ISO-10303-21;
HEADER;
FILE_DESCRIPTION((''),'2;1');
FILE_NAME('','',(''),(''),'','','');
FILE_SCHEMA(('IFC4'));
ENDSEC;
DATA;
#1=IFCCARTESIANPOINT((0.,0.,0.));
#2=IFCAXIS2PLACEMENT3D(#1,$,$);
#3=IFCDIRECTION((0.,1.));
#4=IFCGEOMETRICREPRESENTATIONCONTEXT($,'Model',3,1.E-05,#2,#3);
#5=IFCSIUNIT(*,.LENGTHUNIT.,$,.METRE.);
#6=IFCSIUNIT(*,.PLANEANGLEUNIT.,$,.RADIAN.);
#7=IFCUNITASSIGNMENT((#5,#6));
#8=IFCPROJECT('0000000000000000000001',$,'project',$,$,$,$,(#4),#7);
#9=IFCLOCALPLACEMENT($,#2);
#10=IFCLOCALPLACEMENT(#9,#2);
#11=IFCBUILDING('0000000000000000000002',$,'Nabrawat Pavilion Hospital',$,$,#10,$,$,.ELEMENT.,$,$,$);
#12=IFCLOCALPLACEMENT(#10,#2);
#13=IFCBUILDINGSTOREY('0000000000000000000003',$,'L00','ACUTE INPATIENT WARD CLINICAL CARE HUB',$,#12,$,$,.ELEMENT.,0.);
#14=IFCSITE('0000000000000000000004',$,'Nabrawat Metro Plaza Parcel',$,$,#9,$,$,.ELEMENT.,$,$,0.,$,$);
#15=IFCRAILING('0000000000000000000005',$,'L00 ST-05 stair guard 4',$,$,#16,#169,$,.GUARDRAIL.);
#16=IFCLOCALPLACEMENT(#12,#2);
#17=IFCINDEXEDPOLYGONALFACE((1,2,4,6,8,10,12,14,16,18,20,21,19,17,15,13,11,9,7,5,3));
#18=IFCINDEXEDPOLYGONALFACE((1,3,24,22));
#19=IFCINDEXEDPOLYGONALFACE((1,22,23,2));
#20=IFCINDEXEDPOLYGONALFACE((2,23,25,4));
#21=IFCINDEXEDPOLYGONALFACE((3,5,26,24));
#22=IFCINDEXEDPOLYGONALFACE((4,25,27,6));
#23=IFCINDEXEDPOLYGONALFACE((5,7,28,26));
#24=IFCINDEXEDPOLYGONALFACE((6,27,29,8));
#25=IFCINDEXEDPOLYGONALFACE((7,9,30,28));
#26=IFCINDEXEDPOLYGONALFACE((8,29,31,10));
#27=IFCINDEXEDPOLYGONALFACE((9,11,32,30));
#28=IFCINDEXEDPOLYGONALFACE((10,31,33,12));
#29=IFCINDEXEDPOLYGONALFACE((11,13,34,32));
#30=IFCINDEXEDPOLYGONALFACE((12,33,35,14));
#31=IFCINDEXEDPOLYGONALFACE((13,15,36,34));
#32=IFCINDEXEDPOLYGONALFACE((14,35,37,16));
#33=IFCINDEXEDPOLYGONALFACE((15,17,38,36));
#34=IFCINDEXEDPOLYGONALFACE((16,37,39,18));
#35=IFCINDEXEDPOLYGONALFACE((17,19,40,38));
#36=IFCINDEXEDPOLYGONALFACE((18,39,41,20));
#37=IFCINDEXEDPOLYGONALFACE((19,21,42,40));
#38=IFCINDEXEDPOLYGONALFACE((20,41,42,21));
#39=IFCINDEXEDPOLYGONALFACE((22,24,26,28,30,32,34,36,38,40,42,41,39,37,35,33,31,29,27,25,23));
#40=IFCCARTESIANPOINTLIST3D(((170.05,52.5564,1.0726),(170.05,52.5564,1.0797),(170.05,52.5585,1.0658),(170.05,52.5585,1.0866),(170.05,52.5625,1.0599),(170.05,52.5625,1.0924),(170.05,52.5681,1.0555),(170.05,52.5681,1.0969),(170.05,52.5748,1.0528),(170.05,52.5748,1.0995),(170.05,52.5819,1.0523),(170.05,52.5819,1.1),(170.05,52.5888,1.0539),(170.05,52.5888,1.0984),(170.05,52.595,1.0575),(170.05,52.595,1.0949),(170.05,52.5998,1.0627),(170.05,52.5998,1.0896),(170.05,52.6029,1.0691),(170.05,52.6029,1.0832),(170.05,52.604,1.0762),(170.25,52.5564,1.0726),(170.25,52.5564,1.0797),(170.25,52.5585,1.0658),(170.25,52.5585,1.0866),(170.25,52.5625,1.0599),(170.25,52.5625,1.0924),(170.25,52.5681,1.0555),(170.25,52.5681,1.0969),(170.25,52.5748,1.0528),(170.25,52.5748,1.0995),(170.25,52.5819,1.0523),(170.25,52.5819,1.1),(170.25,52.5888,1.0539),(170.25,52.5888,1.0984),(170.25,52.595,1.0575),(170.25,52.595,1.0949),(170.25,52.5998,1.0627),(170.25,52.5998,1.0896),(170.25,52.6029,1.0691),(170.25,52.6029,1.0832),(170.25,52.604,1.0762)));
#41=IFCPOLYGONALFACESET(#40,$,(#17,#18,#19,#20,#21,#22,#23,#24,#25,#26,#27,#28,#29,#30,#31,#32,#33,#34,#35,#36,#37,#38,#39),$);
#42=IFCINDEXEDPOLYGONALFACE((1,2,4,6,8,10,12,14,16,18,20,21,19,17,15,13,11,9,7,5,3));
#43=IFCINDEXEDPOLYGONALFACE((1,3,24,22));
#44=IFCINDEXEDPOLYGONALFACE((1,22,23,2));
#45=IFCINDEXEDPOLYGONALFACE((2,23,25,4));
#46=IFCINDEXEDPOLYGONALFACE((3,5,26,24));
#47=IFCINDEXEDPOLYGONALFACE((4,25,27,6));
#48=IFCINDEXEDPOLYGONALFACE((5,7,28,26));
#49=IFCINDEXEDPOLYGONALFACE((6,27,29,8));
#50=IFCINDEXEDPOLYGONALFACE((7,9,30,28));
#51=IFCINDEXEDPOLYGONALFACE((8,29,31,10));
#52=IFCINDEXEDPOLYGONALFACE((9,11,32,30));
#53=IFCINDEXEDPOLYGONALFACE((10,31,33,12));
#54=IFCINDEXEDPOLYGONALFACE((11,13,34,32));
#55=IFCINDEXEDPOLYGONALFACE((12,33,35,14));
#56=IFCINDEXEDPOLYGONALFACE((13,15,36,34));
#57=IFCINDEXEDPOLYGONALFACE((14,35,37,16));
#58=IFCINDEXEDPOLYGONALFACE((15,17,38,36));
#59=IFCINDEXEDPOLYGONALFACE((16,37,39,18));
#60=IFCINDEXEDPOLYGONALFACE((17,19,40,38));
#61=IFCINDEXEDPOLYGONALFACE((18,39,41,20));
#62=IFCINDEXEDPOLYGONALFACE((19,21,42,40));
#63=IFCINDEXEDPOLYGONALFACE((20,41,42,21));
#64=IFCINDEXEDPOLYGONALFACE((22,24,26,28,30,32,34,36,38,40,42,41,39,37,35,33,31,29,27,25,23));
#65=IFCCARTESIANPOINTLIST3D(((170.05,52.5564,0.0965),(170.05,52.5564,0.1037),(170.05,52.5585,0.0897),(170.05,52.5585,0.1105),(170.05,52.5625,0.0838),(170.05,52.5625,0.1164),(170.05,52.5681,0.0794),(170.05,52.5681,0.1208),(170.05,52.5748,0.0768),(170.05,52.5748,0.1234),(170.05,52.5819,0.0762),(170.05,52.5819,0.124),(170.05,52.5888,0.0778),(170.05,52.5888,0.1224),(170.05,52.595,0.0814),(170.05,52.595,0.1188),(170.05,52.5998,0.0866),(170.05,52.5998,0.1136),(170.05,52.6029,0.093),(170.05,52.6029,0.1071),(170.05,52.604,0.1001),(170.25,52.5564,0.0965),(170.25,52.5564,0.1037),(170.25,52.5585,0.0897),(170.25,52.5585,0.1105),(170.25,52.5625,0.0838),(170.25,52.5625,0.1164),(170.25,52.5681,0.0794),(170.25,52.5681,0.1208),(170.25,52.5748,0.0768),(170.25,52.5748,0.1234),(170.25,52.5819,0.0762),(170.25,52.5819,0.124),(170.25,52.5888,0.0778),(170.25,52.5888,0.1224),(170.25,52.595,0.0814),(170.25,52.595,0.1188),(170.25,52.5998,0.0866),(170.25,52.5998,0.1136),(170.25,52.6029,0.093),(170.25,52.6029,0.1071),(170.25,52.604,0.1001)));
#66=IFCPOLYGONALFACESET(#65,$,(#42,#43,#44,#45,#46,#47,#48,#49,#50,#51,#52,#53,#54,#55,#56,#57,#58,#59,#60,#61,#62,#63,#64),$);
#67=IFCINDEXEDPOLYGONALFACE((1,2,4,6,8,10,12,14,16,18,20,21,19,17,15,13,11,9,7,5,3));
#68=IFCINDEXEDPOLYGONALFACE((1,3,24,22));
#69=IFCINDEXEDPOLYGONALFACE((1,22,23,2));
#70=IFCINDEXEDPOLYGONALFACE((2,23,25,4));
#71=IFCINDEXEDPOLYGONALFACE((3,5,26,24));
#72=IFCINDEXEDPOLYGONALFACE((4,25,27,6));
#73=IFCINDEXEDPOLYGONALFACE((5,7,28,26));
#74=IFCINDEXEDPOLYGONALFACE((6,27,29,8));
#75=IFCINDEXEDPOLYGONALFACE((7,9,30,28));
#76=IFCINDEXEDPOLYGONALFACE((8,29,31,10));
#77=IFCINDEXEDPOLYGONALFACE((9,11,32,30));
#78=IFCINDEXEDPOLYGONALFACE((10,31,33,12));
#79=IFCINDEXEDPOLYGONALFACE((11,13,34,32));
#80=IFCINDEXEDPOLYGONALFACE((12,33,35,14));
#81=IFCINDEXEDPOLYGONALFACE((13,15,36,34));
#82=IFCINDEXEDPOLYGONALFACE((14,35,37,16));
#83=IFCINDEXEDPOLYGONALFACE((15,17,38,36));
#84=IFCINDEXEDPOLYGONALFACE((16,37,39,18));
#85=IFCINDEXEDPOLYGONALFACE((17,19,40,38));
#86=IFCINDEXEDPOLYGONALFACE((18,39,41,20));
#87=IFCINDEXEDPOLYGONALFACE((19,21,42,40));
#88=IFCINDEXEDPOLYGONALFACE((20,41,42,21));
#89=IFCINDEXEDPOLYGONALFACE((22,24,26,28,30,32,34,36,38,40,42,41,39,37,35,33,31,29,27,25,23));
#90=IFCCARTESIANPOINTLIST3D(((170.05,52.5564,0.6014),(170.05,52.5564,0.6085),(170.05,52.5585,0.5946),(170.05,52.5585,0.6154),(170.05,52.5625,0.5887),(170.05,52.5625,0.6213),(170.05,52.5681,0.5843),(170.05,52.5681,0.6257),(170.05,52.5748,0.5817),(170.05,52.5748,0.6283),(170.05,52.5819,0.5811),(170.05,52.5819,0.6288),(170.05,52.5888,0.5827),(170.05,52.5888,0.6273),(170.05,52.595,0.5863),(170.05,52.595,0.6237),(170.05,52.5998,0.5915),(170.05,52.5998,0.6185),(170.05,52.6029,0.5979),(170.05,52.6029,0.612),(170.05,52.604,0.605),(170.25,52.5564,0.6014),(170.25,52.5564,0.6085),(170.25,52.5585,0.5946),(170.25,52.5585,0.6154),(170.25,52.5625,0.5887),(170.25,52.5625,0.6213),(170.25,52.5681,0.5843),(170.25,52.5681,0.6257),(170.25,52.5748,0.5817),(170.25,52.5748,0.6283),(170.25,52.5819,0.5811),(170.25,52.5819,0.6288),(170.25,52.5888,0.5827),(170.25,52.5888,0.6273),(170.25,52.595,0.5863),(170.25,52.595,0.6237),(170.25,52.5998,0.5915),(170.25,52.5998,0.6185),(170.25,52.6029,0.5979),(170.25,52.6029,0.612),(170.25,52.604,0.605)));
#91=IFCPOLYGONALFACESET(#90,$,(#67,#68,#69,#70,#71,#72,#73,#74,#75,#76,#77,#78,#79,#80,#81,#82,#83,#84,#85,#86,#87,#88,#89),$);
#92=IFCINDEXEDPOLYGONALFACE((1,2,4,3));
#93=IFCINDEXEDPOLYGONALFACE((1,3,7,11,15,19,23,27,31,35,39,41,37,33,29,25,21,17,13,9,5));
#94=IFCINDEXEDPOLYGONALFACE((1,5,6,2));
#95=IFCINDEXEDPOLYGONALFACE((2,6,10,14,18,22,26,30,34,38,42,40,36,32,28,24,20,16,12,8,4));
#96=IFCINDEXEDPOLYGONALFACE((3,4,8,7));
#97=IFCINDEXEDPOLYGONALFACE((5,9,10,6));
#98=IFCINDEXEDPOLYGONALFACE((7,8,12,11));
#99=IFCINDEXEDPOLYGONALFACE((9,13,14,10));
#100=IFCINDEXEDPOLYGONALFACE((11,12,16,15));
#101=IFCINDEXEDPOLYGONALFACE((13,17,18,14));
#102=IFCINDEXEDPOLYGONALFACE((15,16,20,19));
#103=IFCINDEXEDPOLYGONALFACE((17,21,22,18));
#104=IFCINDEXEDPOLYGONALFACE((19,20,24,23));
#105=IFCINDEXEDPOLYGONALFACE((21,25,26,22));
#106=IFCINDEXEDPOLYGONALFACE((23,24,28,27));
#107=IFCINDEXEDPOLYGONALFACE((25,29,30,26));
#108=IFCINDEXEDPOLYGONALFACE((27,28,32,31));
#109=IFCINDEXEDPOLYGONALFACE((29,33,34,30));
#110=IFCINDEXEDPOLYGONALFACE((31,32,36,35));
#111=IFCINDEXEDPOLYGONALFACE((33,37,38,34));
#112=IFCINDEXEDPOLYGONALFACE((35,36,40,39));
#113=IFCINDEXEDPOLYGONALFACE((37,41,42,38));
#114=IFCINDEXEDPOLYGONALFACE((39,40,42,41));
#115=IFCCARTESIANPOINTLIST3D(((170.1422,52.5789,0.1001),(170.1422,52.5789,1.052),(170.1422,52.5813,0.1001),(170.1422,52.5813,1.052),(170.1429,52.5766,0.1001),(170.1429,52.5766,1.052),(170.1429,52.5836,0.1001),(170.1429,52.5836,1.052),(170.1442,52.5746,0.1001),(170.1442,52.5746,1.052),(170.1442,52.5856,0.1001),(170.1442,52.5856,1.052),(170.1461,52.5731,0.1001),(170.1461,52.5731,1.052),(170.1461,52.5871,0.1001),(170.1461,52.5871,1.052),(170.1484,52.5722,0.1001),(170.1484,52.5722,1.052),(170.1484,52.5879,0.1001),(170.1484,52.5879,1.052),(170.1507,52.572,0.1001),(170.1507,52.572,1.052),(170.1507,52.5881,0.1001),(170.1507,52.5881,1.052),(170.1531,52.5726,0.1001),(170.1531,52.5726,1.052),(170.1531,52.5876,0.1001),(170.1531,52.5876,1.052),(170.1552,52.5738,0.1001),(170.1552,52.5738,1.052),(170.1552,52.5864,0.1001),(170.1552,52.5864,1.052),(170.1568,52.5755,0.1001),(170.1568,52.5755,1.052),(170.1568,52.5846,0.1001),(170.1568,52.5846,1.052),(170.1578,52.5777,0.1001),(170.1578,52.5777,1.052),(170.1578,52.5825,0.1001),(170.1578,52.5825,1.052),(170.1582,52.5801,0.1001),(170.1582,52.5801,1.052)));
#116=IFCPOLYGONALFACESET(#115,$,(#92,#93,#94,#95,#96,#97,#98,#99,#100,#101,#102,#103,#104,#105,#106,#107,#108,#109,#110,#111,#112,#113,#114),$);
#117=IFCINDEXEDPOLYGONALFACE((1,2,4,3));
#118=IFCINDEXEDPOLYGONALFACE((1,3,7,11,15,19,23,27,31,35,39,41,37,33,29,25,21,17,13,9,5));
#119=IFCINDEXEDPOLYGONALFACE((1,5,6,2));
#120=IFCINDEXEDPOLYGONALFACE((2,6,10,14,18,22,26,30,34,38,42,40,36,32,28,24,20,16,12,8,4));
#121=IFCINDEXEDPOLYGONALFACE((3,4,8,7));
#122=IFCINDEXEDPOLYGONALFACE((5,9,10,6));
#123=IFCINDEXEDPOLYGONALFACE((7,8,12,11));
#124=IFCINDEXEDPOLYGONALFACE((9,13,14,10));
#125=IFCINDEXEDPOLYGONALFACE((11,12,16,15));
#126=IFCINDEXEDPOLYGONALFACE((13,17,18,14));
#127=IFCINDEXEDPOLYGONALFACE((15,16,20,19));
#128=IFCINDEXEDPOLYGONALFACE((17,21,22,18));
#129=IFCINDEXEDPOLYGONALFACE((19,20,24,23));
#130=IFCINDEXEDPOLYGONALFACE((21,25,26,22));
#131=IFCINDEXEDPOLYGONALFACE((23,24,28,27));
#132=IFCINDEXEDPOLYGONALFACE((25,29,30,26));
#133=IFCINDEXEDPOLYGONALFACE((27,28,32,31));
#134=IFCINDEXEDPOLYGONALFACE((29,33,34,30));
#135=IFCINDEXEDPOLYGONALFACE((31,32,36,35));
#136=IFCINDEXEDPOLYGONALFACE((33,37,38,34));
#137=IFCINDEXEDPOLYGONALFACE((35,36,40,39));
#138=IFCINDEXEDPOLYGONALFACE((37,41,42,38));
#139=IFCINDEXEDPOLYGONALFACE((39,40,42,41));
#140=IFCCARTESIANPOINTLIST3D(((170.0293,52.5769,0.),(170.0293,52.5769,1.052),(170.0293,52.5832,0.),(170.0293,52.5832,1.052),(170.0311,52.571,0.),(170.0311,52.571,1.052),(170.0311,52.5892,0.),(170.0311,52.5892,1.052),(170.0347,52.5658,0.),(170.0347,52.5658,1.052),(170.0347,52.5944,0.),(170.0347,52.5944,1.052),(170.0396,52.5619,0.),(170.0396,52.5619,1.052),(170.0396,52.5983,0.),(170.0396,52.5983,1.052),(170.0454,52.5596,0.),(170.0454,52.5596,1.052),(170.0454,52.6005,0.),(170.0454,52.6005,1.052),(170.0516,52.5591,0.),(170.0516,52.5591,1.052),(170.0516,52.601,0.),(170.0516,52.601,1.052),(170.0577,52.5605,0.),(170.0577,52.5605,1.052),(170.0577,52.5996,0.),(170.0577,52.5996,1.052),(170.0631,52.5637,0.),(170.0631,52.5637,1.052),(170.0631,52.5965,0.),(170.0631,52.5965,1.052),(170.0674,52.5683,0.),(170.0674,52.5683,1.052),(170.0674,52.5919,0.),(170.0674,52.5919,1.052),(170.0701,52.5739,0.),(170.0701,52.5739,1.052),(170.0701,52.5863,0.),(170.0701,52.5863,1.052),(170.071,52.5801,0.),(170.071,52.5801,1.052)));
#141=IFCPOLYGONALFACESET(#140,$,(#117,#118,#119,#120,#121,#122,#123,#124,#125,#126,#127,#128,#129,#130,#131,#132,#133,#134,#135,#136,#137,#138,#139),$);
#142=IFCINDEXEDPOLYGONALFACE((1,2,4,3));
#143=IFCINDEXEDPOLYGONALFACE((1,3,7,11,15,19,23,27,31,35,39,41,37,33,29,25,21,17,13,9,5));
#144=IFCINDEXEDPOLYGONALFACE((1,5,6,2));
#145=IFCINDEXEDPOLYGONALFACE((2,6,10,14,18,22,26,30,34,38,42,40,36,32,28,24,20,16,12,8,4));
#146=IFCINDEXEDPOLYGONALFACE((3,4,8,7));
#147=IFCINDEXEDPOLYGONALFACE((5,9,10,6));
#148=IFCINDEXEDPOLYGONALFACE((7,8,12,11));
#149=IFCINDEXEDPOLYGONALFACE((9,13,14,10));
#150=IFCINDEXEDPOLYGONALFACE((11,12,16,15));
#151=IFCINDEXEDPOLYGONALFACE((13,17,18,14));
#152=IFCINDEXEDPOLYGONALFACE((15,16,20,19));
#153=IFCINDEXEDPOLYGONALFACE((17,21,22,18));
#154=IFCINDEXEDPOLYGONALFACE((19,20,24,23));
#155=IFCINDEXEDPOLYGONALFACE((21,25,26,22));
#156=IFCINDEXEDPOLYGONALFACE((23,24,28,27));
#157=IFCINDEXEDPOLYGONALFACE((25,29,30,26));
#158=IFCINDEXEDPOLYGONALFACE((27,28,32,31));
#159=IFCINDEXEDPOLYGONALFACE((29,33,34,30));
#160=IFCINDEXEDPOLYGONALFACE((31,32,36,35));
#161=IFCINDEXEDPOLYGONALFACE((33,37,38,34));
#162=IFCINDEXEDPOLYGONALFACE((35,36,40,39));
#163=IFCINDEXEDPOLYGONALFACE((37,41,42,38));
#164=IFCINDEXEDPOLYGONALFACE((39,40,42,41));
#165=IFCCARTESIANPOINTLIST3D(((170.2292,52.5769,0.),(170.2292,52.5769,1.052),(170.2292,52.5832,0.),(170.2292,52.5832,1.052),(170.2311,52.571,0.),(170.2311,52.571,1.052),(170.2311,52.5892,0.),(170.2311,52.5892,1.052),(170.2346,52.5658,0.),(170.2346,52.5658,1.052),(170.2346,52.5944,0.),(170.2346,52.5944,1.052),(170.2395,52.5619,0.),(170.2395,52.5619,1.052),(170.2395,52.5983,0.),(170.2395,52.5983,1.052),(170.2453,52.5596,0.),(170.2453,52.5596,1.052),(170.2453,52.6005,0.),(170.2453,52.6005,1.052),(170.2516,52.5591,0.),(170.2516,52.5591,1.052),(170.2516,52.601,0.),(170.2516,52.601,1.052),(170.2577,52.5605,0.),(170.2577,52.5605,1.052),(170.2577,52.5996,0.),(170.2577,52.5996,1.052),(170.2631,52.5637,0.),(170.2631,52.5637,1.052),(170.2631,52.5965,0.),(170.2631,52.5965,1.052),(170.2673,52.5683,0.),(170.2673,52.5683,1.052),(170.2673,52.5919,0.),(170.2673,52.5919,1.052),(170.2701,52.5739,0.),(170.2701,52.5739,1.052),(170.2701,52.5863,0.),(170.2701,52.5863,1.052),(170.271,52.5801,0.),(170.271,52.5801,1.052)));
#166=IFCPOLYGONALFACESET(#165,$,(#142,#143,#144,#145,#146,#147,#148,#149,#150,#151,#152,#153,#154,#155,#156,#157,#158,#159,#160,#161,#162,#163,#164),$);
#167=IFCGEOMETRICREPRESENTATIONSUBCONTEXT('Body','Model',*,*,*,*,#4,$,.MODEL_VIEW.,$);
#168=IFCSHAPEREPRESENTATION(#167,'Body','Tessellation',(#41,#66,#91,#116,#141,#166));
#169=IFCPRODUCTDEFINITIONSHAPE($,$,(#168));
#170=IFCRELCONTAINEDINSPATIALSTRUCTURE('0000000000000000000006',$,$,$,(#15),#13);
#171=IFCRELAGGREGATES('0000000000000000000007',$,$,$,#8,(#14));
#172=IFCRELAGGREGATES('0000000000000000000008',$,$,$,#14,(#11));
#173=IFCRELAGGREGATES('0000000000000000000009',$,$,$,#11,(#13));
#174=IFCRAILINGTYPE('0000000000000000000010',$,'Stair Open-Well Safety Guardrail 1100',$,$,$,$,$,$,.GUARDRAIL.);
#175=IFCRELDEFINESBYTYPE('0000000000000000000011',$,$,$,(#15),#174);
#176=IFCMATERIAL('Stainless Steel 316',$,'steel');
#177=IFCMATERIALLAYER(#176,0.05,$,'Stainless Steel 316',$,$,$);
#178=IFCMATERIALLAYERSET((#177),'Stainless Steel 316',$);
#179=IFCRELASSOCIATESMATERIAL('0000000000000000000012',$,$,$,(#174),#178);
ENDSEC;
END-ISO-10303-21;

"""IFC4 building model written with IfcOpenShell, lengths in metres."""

from ifc_helpers import new_model, si_unit, direction, frame, origin, origin_2d, place, context, subcontext, project, spatial, circle, extrude, material, layer, layer_set, type_object, element, save


model = new_model("IFC4")

# Units and contexts
model_context = context("Model", 3, precision=1e-05, world=origin(), true_north=direction((0.0, 1.0)))
body_context = subcontext(model_context, "Body", "Model", "MODEL_VIEW")
ifc_project = project(units=[si_unit("LENGTHUNIT", "METRE"), si_unit("PLANEANGLEUNIT", "RADIAN")], contexts=[model_context])

# Site, building, storey
site_placement = place(None, origin())
site = spatial("IfcSite", under=ifc_project, at=site_placement, Name="Nabrawat Metro Plaza Parcel", CompositionType="ELEMENT", RefElevation=0.0)
building_placement = place(site_placement, origin())
building = spatial("IfcBuilding", under=site, at=building_placement, Name="Nabrawat Pavilion Hospital", CompositionType="ELEMENT")
storey_placement = place(building_placement, origin())
storey = spatial("IfcBuildingStorey", under=building, at=storey_placement, Name="L00", Description="ACUTE INPATIENT WARD CLINICAL CARE HUB", CompositionType="ELEMENT", Elevation=0.0)

# Railing
ifc_material_1 = material(Name="Stainless Steel 316", Category="steel")
ifc_layer_1 = layer(ifc_material_1, 0.05, Name="Stainless Steel 316")
ifc_layer_set_1 = layer_set([ifc_layer_1], Name="Stainless Steel 316")
railing_type_1 = type_object("IfcRailingType", Name="Stair Open-Well Safety Guardrail 1100", PredefinedType="GUARDRAIL", material=ifc_layer_set_1)
railing_1_placement = place(storey_placement, frame((170.05, 52.5801, 0.0)))
element("IfcRailing", 1, at=railing_1_placement, inside=storey, type_object=railing_type_1, Name="L00 ST-05 stair guard 4", PredefinedType="GUARDRAIL", context=body_context, shape_type="SweptSolid", body=[
    extrude(circle(Radius=0.0239, at=origin_2d()), frame((0.0, 0.0, 1.0762), z_axis=(1.0, 0.0, 0.0), x_axis=(0.0, 1.0, 0.0)), (0.0, 0.0, 1.0), 0.2),
    extrude(circle(Radius=0.0239, at=origin_2d()), frame((0.0, 0.0, 0.1001), z_axis=(1.0, 0.0, 0.0), x_axis=(0.0, 1.0, 0.0)), (0.0, 0.0, 1.0), 0.2),
    extrude(circle(Radius=0.0239, at=origin_2d()), frame((0.0, 0.0, 0.605), z_axis=(1.0, 0.0, 0.0), x_axis=(0.0, 1.0, 0.0)), (0.0, 0.0, 1.0), 0.2),
    extrude(circle(Radius=0.0081, at=origin_2d()), frame((0.1001, 0.0, 0.1001)), (0.0, 0.0, 1.0), 0.9519),
    extrude(circle(Radius=0.021, at=origin_2d()), origin(), (0.0, 0.0, 1.0), 1.052),
    extrude(circle(Radius=0.021, at=origin_2d()), frame((0.2, 0.0, 0.0)), (0.0, 0.0, 1.0), 1.052),
])

save(model, "model.ifc")
